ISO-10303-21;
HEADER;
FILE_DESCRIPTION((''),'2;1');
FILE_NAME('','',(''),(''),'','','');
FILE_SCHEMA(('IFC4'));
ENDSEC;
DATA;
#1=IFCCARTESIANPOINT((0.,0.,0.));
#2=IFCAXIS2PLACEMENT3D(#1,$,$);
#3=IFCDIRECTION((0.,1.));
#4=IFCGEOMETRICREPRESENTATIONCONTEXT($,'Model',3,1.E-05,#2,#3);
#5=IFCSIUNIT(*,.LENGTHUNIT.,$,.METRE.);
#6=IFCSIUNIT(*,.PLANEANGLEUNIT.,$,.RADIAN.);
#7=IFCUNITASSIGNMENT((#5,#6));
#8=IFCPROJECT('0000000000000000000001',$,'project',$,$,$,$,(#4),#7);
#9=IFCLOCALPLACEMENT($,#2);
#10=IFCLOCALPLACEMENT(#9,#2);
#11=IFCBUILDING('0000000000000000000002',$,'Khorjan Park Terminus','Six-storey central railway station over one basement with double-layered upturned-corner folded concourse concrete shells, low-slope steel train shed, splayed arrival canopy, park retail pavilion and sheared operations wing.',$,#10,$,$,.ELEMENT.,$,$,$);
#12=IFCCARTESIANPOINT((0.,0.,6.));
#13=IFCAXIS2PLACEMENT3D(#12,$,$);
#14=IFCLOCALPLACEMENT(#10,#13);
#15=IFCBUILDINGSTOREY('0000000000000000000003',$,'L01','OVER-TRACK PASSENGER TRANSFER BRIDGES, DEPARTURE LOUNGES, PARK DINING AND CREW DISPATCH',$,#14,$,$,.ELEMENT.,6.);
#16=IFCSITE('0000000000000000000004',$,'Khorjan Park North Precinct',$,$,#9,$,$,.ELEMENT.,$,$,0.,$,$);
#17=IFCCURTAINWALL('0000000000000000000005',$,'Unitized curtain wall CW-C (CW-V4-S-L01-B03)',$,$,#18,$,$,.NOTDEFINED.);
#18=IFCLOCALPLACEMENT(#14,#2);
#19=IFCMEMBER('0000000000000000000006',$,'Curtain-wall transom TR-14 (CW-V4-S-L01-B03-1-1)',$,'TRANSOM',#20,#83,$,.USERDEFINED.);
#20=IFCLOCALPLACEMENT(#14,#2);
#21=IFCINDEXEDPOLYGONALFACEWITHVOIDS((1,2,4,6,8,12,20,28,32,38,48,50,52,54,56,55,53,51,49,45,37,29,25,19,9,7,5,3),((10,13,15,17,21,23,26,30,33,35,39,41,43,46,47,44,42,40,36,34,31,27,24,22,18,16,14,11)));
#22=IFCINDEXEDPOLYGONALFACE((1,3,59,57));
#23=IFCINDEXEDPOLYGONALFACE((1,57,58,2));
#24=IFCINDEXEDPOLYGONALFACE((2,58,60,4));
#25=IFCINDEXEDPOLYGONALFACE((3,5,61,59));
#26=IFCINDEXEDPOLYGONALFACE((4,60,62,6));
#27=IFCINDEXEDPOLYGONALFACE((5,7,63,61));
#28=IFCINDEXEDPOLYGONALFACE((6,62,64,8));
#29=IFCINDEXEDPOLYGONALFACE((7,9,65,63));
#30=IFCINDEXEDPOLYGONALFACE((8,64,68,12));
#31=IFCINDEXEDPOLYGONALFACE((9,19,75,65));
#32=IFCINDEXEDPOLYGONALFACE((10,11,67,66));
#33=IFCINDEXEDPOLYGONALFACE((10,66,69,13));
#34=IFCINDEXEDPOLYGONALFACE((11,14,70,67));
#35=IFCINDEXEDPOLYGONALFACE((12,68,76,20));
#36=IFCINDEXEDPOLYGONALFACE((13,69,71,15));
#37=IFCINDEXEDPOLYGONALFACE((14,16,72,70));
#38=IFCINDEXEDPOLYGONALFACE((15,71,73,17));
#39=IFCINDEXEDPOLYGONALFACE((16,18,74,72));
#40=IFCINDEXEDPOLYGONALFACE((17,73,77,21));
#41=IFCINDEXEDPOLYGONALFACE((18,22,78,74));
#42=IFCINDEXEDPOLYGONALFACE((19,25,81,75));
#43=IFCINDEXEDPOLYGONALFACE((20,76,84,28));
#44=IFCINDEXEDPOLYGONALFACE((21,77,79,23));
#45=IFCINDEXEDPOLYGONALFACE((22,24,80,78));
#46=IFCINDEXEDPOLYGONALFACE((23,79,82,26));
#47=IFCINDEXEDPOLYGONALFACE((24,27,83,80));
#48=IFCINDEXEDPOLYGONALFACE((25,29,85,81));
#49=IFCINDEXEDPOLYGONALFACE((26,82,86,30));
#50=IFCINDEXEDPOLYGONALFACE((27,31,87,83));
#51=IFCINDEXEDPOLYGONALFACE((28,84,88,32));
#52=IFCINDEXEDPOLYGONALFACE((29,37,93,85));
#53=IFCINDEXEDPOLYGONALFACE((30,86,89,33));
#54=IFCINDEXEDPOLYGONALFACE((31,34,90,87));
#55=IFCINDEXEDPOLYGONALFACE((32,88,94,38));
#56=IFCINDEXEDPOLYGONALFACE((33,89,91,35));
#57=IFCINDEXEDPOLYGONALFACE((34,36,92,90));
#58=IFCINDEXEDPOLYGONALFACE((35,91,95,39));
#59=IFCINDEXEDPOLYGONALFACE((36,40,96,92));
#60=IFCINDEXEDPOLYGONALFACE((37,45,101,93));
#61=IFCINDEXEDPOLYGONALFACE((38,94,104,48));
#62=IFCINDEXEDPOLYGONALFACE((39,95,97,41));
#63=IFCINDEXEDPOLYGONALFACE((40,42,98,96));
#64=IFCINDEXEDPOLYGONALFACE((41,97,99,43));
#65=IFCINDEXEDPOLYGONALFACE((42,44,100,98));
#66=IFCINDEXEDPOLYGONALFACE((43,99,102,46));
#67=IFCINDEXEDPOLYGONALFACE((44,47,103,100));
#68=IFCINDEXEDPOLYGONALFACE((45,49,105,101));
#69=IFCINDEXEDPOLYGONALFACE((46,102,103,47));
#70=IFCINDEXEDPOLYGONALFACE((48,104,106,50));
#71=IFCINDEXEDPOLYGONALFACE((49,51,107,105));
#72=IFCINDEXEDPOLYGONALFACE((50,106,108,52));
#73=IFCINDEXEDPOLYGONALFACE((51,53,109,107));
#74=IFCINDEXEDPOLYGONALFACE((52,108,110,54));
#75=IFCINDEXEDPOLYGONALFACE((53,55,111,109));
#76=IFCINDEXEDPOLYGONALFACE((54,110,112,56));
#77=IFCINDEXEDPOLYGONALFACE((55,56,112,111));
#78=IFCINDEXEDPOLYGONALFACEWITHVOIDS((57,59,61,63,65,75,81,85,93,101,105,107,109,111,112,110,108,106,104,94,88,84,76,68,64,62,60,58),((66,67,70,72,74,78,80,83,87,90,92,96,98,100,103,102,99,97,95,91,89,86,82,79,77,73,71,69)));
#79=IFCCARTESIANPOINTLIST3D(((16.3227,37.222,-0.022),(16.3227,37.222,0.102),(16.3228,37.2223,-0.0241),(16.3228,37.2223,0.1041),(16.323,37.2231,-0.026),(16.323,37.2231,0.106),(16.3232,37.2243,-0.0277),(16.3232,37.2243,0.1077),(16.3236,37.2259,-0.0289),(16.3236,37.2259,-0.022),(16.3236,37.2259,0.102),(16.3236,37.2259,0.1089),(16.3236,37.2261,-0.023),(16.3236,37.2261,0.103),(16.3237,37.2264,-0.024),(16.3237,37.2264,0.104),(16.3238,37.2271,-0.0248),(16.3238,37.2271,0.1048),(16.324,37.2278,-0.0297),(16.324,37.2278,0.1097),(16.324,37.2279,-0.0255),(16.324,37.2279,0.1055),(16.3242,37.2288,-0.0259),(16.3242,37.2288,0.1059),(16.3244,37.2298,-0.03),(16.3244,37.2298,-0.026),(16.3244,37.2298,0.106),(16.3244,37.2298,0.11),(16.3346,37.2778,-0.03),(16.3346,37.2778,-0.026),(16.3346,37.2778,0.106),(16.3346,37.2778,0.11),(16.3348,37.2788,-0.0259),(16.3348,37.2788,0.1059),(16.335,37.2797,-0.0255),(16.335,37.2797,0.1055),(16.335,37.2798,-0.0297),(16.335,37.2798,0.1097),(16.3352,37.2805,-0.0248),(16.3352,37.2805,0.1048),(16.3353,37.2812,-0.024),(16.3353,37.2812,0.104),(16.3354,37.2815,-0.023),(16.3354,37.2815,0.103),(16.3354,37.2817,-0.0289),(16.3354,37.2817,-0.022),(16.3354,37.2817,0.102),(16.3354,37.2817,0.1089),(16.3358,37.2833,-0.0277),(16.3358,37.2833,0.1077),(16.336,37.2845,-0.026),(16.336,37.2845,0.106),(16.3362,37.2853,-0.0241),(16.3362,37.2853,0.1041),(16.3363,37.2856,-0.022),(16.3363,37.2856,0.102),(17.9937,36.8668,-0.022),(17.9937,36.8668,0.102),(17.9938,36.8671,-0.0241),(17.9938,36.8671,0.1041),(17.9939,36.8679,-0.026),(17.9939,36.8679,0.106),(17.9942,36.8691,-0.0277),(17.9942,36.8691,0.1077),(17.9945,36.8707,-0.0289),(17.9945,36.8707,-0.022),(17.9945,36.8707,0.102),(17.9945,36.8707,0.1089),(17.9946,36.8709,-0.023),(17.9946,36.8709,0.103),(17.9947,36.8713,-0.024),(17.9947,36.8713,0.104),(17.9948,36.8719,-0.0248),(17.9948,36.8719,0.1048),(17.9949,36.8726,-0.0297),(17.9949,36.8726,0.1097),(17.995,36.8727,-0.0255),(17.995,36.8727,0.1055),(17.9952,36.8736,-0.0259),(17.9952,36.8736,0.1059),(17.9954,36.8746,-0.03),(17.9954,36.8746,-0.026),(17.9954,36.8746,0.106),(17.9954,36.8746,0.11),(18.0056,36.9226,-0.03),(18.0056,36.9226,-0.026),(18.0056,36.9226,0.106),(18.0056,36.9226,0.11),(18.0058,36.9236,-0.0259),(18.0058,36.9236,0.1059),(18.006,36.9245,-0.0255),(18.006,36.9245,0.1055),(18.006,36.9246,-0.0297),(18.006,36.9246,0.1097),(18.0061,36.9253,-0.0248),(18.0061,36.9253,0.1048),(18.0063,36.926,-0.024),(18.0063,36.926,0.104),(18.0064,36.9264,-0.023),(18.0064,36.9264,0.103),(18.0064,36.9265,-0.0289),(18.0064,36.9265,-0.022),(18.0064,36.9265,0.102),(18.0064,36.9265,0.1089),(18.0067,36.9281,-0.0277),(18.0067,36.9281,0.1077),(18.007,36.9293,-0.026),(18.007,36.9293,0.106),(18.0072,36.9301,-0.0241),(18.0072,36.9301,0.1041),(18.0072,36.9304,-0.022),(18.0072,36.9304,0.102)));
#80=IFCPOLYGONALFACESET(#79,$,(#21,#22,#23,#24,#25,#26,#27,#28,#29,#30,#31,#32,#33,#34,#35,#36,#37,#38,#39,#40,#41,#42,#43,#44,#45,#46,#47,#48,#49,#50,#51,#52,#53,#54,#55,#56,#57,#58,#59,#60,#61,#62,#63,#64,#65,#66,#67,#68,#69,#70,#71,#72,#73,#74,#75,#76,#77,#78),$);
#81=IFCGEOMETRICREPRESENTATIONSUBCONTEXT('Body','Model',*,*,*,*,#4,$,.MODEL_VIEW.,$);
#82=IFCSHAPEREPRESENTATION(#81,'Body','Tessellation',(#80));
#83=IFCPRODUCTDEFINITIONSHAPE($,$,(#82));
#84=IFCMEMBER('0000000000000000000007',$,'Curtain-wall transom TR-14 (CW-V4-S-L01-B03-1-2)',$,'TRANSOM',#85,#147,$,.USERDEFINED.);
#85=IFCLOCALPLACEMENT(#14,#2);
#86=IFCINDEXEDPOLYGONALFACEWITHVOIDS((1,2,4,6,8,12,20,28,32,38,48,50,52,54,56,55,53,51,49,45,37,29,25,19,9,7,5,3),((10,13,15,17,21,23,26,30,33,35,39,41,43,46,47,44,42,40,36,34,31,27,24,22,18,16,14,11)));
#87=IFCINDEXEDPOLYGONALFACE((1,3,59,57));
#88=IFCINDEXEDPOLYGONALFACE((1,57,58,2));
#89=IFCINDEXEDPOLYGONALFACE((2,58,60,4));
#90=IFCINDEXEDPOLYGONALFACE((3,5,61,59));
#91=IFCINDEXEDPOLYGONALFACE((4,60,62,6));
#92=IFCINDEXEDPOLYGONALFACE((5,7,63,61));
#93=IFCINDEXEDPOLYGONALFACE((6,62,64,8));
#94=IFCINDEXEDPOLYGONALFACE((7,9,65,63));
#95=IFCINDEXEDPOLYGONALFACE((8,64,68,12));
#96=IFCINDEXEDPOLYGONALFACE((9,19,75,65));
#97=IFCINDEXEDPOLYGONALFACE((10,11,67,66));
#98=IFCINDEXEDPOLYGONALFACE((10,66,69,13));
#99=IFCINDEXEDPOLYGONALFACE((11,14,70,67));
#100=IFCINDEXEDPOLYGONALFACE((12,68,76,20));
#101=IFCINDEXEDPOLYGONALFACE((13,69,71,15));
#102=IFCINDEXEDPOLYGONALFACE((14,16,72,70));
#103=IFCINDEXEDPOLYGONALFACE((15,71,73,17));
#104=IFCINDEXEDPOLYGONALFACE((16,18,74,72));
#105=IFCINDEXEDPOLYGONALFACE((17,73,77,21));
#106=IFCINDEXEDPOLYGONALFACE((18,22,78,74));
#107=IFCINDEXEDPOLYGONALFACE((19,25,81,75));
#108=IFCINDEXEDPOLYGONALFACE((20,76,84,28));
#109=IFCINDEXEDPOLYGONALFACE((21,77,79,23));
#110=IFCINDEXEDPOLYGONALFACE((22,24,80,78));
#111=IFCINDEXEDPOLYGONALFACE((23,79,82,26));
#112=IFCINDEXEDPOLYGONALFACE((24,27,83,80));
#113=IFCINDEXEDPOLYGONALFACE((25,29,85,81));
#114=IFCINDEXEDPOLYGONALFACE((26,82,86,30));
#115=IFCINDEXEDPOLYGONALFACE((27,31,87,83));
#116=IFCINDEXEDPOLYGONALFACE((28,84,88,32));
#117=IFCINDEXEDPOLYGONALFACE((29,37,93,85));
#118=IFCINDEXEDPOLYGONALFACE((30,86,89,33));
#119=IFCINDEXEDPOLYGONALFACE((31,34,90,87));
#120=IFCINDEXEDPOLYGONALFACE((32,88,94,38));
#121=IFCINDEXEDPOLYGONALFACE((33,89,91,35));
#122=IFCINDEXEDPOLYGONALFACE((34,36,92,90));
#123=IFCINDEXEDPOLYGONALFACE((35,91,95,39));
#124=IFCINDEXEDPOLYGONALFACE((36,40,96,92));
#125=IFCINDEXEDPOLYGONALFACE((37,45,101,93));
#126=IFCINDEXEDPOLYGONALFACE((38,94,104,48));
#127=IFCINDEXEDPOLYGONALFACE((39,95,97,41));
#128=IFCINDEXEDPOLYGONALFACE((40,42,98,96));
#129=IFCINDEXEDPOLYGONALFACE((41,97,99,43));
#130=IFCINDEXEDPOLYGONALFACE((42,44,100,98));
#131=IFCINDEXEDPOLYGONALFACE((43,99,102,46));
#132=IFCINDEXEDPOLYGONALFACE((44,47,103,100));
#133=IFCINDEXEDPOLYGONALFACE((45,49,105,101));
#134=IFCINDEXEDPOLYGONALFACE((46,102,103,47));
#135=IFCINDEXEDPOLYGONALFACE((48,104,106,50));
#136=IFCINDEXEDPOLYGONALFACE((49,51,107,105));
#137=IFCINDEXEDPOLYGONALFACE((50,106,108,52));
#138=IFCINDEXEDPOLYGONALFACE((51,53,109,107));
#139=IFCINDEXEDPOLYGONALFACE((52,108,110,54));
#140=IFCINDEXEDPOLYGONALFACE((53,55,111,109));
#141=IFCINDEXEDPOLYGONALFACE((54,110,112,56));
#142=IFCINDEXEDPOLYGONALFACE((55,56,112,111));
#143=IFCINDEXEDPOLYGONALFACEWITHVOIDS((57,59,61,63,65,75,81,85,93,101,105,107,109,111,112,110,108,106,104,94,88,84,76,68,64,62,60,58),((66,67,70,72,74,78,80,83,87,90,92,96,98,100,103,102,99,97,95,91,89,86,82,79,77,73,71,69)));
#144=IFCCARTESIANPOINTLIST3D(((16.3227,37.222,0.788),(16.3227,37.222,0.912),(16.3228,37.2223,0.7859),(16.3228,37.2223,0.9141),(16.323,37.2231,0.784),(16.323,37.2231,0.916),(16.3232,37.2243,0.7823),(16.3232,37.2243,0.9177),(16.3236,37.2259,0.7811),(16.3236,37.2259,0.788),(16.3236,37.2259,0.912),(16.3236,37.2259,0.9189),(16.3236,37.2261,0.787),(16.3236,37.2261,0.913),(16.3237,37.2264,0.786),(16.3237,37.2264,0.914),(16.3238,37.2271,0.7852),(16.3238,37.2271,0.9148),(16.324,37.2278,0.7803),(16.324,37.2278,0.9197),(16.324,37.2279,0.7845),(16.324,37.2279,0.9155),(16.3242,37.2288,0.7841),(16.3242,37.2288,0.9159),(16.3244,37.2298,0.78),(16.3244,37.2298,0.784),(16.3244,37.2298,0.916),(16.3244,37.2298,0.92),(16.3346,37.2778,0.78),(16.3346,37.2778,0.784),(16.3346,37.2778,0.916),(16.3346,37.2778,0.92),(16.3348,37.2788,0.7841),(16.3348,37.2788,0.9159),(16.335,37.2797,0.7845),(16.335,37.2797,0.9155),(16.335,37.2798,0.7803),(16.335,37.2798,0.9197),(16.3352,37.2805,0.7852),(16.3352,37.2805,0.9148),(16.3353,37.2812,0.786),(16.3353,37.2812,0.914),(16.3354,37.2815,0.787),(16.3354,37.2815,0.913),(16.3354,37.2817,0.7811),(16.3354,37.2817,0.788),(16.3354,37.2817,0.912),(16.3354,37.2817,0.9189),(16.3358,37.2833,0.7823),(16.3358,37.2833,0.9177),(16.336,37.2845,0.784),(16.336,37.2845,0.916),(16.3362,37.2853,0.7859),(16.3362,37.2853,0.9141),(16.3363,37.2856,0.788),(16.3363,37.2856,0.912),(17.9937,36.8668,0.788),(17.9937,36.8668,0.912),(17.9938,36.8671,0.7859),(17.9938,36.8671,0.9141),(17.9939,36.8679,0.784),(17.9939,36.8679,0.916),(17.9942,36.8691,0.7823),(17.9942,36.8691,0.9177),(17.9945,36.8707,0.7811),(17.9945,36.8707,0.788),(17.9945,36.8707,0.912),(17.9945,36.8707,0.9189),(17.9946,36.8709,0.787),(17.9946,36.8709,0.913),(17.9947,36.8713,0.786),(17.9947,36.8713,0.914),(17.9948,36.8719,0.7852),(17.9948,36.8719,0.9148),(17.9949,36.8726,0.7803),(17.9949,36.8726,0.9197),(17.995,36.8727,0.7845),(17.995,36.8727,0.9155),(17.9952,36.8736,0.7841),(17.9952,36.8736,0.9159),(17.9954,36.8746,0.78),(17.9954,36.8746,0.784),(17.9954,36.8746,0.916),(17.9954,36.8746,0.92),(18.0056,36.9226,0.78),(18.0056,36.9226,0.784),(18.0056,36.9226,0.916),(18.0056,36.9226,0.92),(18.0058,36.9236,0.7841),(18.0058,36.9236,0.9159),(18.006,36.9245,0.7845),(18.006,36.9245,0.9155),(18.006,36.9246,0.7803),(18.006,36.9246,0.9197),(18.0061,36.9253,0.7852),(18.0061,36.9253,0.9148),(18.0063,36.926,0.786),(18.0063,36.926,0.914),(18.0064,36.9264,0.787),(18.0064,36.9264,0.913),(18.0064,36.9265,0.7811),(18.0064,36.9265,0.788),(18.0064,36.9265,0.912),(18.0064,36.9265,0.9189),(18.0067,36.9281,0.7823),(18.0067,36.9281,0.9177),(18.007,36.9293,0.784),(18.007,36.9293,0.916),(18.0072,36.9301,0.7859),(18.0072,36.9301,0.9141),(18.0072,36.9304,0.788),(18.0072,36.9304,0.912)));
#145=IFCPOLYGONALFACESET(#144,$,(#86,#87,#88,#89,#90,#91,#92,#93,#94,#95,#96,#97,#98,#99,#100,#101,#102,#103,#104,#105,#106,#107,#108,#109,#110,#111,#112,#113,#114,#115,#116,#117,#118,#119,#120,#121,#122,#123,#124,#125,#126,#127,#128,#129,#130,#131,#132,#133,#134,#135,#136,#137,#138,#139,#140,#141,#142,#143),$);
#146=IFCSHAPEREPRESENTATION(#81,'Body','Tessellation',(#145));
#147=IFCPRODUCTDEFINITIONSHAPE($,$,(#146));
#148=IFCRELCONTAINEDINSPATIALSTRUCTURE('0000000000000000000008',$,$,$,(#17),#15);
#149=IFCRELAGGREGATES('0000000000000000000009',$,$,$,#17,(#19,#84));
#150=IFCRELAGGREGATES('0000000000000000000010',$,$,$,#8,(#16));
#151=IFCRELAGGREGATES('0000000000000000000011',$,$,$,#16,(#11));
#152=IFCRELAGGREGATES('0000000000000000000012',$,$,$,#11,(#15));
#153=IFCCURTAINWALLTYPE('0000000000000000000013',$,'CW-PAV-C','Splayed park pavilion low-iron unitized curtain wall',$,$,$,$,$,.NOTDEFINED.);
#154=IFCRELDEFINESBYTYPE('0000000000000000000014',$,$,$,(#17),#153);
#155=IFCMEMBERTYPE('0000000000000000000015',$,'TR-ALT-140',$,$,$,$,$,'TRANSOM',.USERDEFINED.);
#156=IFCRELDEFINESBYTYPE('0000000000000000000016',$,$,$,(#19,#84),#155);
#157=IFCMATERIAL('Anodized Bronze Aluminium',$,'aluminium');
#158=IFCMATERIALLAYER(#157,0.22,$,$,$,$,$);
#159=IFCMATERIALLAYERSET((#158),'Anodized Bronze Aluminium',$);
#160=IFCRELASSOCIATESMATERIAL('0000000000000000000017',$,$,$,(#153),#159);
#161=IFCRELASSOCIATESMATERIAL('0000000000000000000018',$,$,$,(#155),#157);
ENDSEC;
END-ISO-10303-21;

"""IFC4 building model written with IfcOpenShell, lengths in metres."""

from ifc_helpers import new_model, si_unit, direction, frame, origin, origin_2d, place, context, subcontext, project, spatial, hollow_rectangle, extrude, material, layer, layer_set, material_profile, profile_set, type_object, element, aggregate, save


model = new_model("IFC4")

# Units and contexts
model_context = context("Model", 3, precision=1e-05, world=origin(), true_north=direction((0.0, 1.0)))
body_context = subcontext(model_context, "Body", "Model", "MODEL_VIEW")
ifc_project = project(units=[si_unit("LENGTHUNIT", "METRE"), si_unit("PLANEANGLEUNIT", "RADIAN")], contexts=[model_context])

# Site, building, storey
site_placement = place(None, origin())
site = spatial("IfcSite", under=ifc_project, at=site_placement, Name="Khorjan Park North Precinct", CompositionType="ELEMENT", RefElevation=0.0)
building_placement = place(site_placement, origin())
building = spatial("IfcBuilding", under=site, at=building_placement, Name="Khorjan Park Terminus", Description="Six-storey central railway station over one basement with double-layered upturned-corner folded concourse concrete shells, low-slope steel train shed, splayed arrival canopy, park retail pavilion and sheared operations wing.", CompositionType="ELEMENT")
storey_placement = place(building_placement, frame((0.0, 0.0, 6.0)))
storey = spatial("IfcBuildingStorey", under=building, at=storey_placement, Name="L01", Description="OVER-TRACK PASSENGER TRANSFER BRIDGES, DEPARTURE LOUNGES, PARK DINING AND CREW DISPATCH", CompositionType="ELEMENT", Elevation=6.0)

# Curtain wall
ifc_material_1 = material(Name="Anodized Bronze Aluminium", Category="aluminium")
ifc_layer_1 = layer(ifc_material_1, 0.22)
ifc_layer_set_1 = layer_set([ifc_layer_1], Name="Anodized Bronze Aluminium")
curtain_wall_type = type_object("IfcCurtainWallType", Name="CW-PAV-C", Description="Splayed park pavilion low-iron unitized curtain wall", PredefinedType="NOTDEFINED", material=ifc_layer_set_1)
curtain_wall_1_placement = place(storey_placement, origin())
curtain_wall_1 = element("IfcCurtainWall", 1, at=curtain_wall_1_placement, inside=storey, type_object=curtain_wall_type, Name="Unitized curtain wall CW-C (CW-V4-S-L01-B03)", PredefinedType="NOTDEFINED")

# Members
ifc_material_profile_1 = material_profile(ifc_material_1, hollow_rectangle(XDim=0.065, YDim=0.14, WallThickness=0.004, InnerFilletRadius=0.004, OuterFilletRadius=0.008, at=origin_2d()), Name="ALT 65x140x4")
ifc_profile_set_1 = profile_set([ifc_material_profile_1], Name="Anodized Bronze Aluminium")
member_type_1 = type_object("IfcMemberType", Name="TR-ALT-140", ElementType="TRANSOM", PredefinedType="USERDEFINED", material=ifc_profile_set_1)
member_1_placement = place(storey_placement, frame((16.3295, 37.2538, 0.04), z_axis=(0.978145, -0.207922, 0.0), x_axis=(0.207922, 0.978145, 0.0)))
member_1 = element("IfcMember", 2, at=member_1_placement, type_object=member_type_1, Name="Curtain-wall transom TR-14 (CW-V4-S-L01-B03-1-1)", ObjectType="TRANSOM", PredefinedType="USERDEFINED", context=body_context, shape_type="SweptSolid", body=[
    extrude(hollow_rectangle(XDim=0.065, YDim=0.14, WallThickness=0.004, InnerFilletRadius=0.004, OuterFilletRadius=0.008, at=origin_2d()), origin(), (0.0, 0.0, 1.0), 1.7083),
])
member_2_placement = place(storey_placement, frame((16.3295, 37.2538, 0.85), z_axis=(0.978145, -0.207922, 0.0), x_axis=(0.207922, 0.978145, 0.0)))
member_2 = element("IfcMember", 3, at=member_2_placement, type_object=member_type_1, Name="Curtain-wall transom TR-14 (CW-V4-S-L01-B03-1-2)", ObjectType="TRANSOM", PredefinedType="USERDEFINED", context=body_context, shape_type="SweptSolid", body=[
    extrude(hollow_rectangle(XDim=0.065, YDim=0.14, WallThickness=0.004, InnerFilletRadius=0.004, OuterFilletRadius=0.008, at=origin_2d()), origin(), (0.0, 0.0, 1.0), 1.7083),
])

aggregate(curtain_wall_1, [member_1, member_2])

save(model, "model.ifc")
